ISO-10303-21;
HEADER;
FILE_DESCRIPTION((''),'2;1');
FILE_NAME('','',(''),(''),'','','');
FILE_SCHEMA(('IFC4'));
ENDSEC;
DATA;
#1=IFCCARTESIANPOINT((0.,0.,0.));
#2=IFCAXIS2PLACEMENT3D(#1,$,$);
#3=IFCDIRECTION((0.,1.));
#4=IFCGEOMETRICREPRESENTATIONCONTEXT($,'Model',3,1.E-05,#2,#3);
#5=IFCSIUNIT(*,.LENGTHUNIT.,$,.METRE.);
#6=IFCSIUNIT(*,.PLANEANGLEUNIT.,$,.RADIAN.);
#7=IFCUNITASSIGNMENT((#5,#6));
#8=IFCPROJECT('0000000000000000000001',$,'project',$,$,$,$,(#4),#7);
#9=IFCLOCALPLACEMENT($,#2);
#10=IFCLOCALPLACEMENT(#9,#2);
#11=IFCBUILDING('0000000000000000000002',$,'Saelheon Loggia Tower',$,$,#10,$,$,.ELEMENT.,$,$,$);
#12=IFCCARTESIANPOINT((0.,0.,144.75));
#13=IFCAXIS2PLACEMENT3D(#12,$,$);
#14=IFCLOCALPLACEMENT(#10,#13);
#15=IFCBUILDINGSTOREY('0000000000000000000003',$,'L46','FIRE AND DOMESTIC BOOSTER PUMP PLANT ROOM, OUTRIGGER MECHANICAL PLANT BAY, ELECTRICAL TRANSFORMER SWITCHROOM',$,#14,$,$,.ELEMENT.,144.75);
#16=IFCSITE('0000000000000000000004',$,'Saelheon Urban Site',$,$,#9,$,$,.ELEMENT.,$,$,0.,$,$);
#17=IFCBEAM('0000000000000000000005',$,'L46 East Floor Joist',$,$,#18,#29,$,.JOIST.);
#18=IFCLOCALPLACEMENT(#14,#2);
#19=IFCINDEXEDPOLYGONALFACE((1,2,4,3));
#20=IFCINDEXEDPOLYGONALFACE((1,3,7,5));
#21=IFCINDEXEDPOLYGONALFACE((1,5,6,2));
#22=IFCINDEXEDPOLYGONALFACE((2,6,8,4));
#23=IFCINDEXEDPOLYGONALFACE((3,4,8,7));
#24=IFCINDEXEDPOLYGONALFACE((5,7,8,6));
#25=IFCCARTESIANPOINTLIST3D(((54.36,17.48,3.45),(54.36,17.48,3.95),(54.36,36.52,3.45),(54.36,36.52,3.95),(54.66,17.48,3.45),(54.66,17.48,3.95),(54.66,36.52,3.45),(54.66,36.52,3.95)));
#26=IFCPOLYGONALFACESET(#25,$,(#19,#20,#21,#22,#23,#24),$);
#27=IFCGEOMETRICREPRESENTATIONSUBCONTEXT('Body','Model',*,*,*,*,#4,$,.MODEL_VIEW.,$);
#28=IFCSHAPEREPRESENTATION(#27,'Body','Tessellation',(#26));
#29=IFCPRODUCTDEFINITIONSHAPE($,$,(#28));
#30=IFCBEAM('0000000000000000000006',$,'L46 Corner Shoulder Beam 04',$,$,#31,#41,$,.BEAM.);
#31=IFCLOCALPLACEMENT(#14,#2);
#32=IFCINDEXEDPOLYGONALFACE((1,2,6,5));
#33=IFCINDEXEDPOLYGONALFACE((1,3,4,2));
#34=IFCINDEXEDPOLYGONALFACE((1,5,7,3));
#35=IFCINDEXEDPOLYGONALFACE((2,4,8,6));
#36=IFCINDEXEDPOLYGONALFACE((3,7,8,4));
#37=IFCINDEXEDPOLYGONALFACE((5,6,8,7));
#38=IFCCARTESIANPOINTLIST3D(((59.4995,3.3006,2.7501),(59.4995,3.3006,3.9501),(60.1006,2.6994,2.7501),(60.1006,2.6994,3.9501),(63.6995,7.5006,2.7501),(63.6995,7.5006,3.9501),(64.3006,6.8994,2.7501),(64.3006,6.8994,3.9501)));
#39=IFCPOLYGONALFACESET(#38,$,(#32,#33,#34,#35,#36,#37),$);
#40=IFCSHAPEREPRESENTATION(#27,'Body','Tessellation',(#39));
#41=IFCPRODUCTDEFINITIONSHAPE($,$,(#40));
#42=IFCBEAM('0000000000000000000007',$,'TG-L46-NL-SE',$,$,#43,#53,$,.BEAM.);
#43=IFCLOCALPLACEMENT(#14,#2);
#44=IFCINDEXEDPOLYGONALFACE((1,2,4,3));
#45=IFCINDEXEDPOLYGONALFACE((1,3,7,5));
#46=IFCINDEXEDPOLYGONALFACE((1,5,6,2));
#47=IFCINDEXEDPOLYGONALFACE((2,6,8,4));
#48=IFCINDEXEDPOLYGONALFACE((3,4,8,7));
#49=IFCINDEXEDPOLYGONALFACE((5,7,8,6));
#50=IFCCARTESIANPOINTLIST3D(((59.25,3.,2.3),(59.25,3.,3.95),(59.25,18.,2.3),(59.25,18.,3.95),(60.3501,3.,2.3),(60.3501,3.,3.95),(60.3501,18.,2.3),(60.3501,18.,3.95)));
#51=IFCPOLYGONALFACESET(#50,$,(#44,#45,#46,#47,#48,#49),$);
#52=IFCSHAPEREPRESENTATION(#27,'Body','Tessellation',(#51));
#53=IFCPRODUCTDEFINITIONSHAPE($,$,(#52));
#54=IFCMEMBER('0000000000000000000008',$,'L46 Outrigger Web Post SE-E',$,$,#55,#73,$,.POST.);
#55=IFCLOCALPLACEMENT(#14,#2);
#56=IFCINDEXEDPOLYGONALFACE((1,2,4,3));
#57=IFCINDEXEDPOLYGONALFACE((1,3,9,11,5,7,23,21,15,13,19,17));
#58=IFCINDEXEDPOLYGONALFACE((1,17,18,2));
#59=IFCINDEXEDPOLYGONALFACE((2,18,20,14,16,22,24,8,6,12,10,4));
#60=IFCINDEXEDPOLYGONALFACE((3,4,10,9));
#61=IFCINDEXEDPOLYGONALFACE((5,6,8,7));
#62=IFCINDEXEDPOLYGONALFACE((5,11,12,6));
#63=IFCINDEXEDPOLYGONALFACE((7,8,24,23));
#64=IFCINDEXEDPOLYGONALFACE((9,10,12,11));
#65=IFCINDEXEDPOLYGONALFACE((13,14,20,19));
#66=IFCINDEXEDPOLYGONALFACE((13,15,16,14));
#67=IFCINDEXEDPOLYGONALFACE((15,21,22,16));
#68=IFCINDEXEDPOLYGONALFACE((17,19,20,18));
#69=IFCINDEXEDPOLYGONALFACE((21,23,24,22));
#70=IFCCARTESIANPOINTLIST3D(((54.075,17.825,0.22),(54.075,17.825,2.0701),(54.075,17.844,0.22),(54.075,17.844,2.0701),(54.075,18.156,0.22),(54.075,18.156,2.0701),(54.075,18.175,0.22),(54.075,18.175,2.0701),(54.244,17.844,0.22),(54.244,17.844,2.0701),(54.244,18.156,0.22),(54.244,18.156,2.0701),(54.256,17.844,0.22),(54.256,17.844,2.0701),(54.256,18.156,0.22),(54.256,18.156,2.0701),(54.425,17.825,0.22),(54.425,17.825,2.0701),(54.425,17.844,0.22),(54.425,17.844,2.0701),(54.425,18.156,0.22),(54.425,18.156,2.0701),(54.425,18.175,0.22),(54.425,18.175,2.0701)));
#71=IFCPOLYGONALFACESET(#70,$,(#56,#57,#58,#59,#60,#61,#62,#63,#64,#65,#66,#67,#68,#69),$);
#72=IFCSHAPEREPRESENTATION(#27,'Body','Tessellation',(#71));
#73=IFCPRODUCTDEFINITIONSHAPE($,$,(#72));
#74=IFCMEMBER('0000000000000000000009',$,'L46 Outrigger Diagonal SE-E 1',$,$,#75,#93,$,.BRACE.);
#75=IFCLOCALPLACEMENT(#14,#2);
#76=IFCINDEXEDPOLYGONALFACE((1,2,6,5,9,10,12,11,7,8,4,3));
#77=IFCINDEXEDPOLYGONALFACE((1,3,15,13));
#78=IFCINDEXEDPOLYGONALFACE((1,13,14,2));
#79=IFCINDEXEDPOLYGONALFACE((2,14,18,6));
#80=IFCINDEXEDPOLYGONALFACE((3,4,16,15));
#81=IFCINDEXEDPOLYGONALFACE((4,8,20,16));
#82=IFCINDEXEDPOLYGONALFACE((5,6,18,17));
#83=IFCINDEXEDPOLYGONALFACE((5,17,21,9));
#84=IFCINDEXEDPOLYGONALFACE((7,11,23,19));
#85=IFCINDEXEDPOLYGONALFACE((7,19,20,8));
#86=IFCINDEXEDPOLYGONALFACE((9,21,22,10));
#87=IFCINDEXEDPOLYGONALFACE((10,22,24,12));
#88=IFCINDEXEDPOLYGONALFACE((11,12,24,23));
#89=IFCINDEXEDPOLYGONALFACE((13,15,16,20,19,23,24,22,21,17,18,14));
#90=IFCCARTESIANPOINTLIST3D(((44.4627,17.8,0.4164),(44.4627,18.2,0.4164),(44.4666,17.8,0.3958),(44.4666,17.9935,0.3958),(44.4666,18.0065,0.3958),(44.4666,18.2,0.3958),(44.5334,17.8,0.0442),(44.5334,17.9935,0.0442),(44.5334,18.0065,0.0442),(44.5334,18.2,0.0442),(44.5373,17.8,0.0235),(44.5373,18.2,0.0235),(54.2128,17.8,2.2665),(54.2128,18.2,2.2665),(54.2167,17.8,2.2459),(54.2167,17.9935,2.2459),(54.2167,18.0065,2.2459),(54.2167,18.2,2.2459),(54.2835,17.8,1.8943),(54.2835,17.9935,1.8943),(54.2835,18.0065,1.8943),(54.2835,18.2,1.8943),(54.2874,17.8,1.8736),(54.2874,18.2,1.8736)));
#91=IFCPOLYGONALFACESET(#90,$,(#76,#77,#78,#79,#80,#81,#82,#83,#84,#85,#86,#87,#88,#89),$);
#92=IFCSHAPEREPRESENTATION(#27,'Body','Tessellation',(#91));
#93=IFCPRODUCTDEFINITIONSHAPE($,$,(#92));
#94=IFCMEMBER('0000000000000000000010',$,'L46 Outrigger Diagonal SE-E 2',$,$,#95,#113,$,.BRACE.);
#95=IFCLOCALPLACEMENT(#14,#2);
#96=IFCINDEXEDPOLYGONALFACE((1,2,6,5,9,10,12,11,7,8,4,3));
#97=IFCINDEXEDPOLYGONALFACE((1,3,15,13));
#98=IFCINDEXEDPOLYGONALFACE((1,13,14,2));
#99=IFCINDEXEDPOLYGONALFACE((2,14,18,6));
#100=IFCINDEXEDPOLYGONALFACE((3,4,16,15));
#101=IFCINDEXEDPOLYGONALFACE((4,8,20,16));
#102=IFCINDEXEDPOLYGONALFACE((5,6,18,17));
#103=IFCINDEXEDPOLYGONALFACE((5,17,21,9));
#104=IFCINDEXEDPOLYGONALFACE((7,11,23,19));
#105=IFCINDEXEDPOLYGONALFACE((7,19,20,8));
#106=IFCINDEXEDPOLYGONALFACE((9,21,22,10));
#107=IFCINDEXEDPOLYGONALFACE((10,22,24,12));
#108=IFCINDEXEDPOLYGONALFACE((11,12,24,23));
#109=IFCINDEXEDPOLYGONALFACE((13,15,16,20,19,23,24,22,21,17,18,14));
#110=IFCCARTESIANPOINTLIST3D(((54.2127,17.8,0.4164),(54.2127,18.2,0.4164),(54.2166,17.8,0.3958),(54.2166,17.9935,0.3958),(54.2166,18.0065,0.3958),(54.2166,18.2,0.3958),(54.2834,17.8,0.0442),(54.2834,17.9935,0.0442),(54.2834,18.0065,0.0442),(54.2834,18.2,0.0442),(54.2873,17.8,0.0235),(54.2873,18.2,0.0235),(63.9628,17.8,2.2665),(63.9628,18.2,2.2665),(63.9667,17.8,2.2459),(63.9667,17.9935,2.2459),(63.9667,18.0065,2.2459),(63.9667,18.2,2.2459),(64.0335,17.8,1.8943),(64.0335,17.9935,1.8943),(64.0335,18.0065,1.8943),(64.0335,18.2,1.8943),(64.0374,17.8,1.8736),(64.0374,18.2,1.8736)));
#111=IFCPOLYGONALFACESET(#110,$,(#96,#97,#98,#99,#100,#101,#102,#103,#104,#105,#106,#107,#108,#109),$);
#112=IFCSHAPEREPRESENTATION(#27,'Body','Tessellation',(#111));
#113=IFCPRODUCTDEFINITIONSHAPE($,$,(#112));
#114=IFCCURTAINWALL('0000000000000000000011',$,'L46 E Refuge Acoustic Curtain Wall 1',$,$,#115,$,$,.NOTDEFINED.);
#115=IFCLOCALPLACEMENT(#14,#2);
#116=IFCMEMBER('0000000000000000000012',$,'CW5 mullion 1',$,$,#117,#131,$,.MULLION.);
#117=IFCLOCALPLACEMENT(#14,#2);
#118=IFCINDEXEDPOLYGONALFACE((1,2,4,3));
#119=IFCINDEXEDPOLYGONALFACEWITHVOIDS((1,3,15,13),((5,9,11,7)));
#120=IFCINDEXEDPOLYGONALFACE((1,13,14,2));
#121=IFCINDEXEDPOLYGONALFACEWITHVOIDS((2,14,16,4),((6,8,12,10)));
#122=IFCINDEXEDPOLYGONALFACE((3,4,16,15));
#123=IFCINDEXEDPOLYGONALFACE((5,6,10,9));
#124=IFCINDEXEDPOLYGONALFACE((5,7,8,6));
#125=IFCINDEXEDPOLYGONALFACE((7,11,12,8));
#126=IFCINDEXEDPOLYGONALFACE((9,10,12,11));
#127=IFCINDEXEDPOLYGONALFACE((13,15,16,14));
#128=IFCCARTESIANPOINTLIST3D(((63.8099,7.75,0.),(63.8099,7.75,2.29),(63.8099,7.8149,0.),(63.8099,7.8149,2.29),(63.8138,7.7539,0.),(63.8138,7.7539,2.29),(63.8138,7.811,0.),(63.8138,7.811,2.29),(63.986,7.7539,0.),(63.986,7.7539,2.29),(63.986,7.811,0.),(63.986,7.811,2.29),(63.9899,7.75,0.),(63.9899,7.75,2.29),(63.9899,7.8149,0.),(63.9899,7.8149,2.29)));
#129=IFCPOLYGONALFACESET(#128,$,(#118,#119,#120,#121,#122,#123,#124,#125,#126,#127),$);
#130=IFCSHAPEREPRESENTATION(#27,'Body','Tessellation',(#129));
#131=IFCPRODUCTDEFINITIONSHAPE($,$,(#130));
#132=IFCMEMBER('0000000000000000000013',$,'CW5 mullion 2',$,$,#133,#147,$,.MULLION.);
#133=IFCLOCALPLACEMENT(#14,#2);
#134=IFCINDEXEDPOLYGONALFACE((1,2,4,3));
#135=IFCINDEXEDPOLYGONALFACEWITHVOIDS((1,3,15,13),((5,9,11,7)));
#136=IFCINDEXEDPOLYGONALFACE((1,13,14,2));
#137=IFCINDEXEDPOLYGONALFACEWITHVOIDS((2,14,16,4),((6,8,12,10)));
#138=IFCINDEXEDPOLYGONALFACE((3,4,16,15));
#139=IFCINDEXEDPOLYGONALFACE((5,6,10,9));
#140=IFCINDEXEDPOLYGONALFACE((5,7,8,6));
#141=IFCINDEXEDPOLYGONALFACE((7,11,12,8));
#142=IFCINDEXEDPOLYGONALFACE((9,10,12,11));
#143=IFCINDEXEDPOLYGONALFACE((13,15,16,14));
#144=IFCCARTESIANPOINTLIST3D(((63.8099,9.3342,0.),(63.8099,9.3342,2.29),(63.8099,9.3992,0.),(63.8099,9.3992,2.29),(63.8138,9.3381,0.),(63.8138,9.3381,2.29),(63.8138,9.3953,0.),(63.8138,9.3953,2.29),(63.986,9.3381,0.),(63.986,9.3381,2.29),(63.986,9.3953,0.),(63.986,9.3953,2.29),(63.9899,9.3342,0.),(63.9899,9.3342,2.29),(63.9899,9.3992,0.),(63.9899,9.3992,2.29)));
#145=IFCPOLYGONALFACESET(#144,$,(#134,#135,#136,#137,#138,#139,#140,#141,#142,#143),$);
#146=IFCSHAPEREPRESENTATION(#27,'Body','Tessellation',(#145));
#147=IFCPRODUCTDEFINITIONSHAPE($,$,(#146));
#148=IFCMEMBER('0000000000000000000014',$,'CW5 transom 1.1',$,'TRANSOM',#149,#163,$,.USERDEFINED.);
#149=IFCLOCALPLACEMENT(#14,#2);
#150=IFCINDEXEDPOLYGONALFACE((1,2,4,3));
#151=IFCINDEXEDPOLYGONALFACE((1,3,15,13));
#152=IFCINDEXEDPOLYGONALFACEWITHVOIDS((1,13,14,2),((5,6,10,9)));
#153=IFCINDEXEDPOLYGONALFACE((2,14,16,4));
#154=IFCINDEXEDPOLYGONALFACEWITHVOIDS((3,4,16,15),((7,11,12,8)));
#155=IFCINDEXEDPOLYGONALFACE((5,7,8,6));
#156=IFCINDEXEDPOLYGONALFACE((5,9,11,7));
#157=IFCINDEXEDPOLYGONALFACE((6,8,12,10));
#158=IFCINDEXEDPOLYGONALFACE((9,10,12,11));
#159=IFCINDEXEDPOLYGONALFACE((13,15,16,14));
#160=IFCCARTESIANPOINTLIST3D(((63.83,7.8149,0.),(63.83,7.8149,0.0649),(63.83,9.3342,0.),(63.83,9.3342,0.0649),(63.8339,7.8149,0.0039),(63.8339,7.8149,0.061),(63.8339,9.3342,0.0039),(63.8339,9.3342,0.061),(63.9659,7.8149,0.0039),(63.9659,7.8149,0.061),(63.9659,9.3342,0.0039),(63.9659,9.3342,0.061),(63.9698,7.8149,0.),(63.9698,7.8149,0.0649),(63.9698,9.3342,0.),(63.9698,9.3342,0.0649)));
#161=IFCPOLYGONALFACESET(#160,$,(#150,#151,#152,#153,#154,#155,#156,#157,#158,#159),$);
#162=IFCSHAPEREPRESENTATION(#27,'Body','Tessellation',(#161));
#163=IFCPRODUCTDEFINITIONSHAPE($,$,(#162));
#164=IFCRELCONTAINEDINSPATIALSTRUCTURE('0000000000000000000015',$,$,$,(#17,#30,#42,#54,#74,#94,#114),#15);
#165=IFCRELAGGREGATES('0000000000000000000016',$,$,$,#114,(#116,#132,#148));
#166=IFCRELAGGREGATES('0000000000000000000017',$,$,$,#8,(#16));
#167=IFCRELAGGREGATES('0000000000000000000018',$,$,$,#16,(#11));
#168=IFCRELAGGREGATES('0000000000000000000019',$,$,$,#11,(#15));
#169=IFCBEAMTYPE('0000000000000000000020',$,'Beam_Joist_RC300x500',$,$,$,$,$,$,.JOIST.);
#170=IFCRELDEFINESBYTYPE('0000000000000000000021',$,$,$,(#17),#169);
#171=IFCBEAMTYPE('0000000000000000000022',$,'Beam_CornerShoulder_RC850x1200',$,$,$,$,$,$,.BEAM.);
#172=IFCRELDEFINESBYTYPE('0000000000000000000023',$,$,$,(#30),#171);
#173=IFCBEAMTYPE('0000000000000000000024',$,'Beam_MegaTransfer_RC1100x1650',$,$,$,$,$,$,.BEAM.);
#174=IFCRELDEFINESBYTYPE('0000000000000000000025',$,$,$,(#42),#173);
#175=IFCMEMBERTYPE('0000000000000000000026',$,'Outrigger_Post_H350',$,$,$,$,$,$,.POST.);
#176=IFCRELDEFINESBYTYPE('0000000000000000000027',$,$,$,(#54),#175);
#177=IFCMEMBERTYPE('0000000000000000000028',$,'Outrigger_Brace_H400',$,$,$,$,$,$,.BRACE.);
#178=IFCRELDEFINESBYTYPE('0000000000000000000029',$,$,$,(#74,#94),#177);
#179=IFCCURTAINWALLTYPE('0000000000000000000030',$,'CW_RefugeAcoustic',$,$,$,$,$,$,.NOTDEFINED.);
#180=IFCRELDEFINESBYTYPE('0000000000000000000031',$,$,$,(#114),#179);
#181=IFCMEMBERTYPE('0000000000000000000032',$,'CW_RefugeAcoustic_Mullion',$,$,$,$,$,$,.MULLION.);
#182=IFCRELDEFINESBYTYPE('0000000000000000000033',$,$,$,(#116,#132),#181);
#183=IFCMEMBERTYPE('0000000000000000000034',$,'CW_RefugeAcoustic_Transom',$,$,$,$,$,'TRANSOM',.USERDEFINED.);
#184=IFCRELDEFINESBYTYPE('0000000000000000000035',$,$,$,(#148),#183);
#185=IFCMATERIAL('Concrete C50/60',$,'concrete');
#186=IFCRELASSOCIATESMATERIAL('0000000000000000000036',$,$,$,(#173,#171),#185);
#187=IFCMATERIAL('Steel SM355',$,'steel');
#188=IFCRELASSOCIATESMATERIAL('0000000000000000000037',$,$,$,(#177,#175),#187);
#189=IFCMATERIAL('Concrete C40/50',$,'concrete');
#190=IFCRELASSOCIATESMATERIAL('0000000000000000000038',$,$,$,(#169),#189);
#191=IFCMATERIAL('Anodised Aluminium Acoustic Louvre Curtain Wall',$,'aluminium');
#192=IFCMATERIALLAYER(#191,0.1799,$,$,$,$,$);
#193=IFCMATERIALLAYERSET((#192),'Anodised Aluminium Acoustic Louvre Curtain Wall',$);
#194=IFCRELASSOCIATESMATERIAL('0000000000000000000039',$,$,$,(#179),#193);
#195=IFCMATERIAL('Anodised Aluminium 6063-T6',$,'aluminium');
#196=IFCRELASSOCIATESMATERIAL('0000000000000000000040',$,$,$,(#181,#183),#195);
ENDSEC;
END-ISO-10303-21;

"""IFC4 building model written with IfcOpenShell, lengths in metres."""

from ifc_helpers import new_model, si_unit, direction, frame, origin, origin_2d, place, context, subcontext, project, spatial, rectangle, hollow_rectangle, i_section, extrude, source, transform, mapped, material, layer, layer_set, material_profile, profile_set, type_object, element, aggregate, save


model = new_model("IFC4")

# Units and contexts
model_context = context("Model", 3, precision=1e-05, world=origin(), true_north=direction((0.0, 1.0)))
body_context = subcontext(model_context, "Body", "Model", "MODEL_VIEW")
ifc_project = project(units=[si_unit("LENGTHUNIT", "METRE"), si_unit("PLANEANGLEUNIT", "RADIAN")], contexts=[model_context])

# Site, building, storey
site_placement = place(None, origin())
site = spatial("IfcSite", under=ifc_project, at=site_placement, Name="Saelheon Urban Site", CompositionType="ELEMENT", RefElevation=0.0)
building_placement = place(site_placement, origin())
building = spatial("IfcBuilding", under=site, at=building_placement, Name="Saelheon Loggia Tower", CompositionType="ELEMENT")
storey_placement = place(building_placement, frame((0.0, 0.0, 144.75)))
storey = spatial("IfcBuildingStorey", under=building, at=storey_placement, Name="L46", Description="FIRE AND DOMESTIC BOOSTER PUMP PLANT ROOM, OUTRIGGER MECHANICAL PLANT BAY, ELECTRICAL TRANSFORMER SWITCHROOM", CompositionType="ELEMENT", Elevation=144.75)

# Shared definitions
ifc_material_1 = material(Name="Concrete C50/60", Category="concrete")

# Shared definitions
ifc_material_profile_1 = material_profile(ifc_material_1, rectangle(XDim=1.1001, YDim=1.6499, at=origin_2d()), Name="RC-1100x1650")
ifc_profile_set_1 = profile_set([ifc_material_profile_1], Name="Concrete C50/60")
beam_type_1 = type_object("IfcBeamType", Name="Beam_MegaTransfer_RC1100x1650", PredefinedType="BEAM", material=ifc_profile_set_1)

# Shared definitions
ifc_material_2 = material(Name="Steel SM355", Category="steel")
ifc_material_profile_2 = material_profile(ifc_material_2, i_section(OverallWidth=0.3999, OverallDepth=0.3999, WebThickness=0.0129, FlangeThickness=0.021, at=origin_2d()), Name="H-400x400x13x21")
ifc_profile_set_2 = profile_set([ifc_material_profile_2], Name="Steel SM355")
member_type_1 = type_object("IfcMemberType", Name="Outrigger_Brace_H400", PredefinedType="BRACE", material=ifc_profile_set_2)

# Beams
ifc_material_3 = material(Name="Concrete C40/50", Category="concrete")
ifc_material_profile_3 = material_profile(ifc_material_3, rectangle(XDim=0.3, YDim=0.5, at=origin_2d()), Name="RC-300x500")
ifc_profile_set_3 = profile_set([ifc_material_profile_3], Name="Concrete C40/50")
beam_type_2 = type_object("IfcBeamType", Name="Beam_Joist_RC300x500", PredefinedType="JOIST", material=ifc_profile_set_3)
shared_shape_1 = source(origin(), body_context, "Body", "SweptSolid", [
    extrude(rectangle(XDim=0.3, YDim=0.5, at=origin_2d()), origin(), (0.0, 0.0, 1.0), 19.04),
])
beam_1_placement = place(storey_placement, frame((54.51, 17.48, 3.7), z_axis=(0.0, 1.0, 0.0), x_axis=(-1.0, 0.0, 0.0)))
element("IfcBeam", 1, at=beam_1_placement, inside=storey, type_object=beam_type_2, Name="L46 East Floor Joist", PredefinedType="JOIST", context=body_context, shape_type="MappedRepresentation", body=[
    mapped(shared_shape_1, transform((0.0, 0.0, 0.0), scale=1.0)),
])
ifc_material_profile_4 = material_profile(ifc_material_1, rectangle(XDim=0.8501, YDim=1.2, at=origin_2d()), Name="RC-850x1200")
ifc_profile_set_4 = profile_set([ifc_material_profile_4], Name="Concrete C50/60")
beam_type_3 = type_object("IfcBeamType", Name="Beam_CornerShoulder_RC850x1200", PredefinedType="BEAM", material=ifc_profile_set_4)
shared_shape_2 = source(origin(), body_context, "Body", "SweptSolid", [
    extrude(rectangle(XDim=0.8501, YDim=1.2, at=origin_2d()), origin(), (0.0, 0.0, 1.0), 5.9397),
])
beam_2_placement = place(storey_placement, frame((59.8, 3.0, 3.3501), z_axis=(0.707107, 0.707107, 0.0), x_axis=(-0.707107, 0.707107, 0.0)))
element("IfcBeam", 2, at=beam_2_placement, inside=storey, type_object=beam_type_3, Name="L46 Corner Shoulder Beam 04", PredefinedType="BEAM", context=body_context, shape_type="MappedRepresentation", body=[
    mapped(shared_shape_2, transform((0.0, 0.0, 0.0), scale=1.0)),
])
shared_shape_3 = source(origin(), body_context, "Body", "SweptSolid", [
    extrude(rectangle(XDim=1.1001, YDim=1.6499, at=origin_2d()), origin(), (0.0, 0.0, 1.0), 15.0),
])
beam_3_placement = place(storey_placement, frame((59.8, 3.0, 3.125), z_axis=(0.0, 1.0, 0.0), x_axis=(-1.0, 0.0, 0.0)))
element("IfcBeam", 3, at=beam_3_placement, inside=storey, type_object=beam_type_1, Name="TG-L46-NL-SE", PredefinedType="BEAM", context=body_context, shape_type="MappedRepresentation", body=[
    mapped(shared_shape_3, transform((0.0, 0.0, 0.0), scale=1.0)),
])

# Members
ifc_material_profile_5 = material_profile(ifc_material_2, i_section(OverallWidth=0.3501, OverallDepth=0.3501, WebThickness=0.012, FlangeThickness=0.019, at=origin_2d()), Name="H-350x350x12x19")
ifc_profile_set_5 = profile_set([ifc_material_profile_5], Name="Steel SM355")
member_type_2 = type_object("IfcMemberType", Name="Outrigger_Post_H350", PredefinedType="POST", material=ifc_profile_set_5)
shared_shape_4 = source(origin(), body_context, "Body", "SweptSolid", [
    extrude(i_section(OverallWidth=0.3501, OverallDepth=0.3501, WebThickness=0.012, FlangeThickness=0.019, at=origin_2d()), origin(), (0.0, 0.0, 1.0), 1.8501),
])
member_1_placement = place(storey_placement, frame((54.25, 18.0, 0.22), z_axis=(0.0, 0.0, 1.0), x_axis=(1.0, 0.0, 0.0)))
element("IfcMember", 4, at=member_1_placement, inside=storey, type_object=member_type_2, Name="L46 Outrigger Web Post SE-E", PredefinedType="POST", context=body_context, shape_type="MappedRepresentation", body=[
    mapped(shared_shape_4, transform((0.0, 0.0, 0.0), scale=1.0)),
])
shared_shape_5 = source(origin(), body_context, "Body", "SweptSolid", [
    extrude(i_section(OverallWidth=0.3999, OverallDepth=0.3999, WebThickness=0.0129, FlangeThickness=0.021, at=origin_2d()), origin(), (0.0, 0.0, 1.0), 9.9241),
])
for number, where, z_axis, x_axis, name in (
    (5, (44.5, 18.0, 0.22), (0.982469, 0.0, 0.186427), (0.0, 1.0, 0.0), "L46 Outrigger Diagonal SE-E 1"),
    (6, (54.25, 18.0, 0.22), (0.982469, 0.0, 0.186427), (0.0, 1.0, 0.0), "L46 Outrigger Diagonal SE-E 2"),
):
    element("IfcMember", number, at=place(storey_placement, frame(where, z_axis=z_axis, x_axis=x_axis)), inside=storey, type_object=member_type_1, Name=name, PredefinedType="BRACE", context=body_context, shape_type="MappedRepresentation", body=[
        mapped(shared_shape_5, transform((0.0, 0.0, 0.0), scale=1.0)),
    ])

# Curtain wall, members
ifc_material_4 = material(Name="Anodised Aluminium Acoustic Louvre Curtain Wall", Category="aluminium")
ifc_layer_1 = layer(ifc_material_4, 0.1799)
ifc_layer_set_1 = layer_set([ifc_layer_1], Name="Anodised Aluminium Acoustic Louvre Curtain Wall")
curtain_wall_type = type_object("IfcCurtainWallType", Name="CW_RefugeAcoustic", PredefinedType="NOTDEFINED", material=ifc_layer_set_1)
curtain_wall_placement = place(storey_placement, origin())
curtain_wall = element("IfcCurtainWall", 7, at=curtain_wall_placement, inside=storey, type_object=curtain_wall_type, Name="L46 E Refuge Acoustic Curtain Wall 1", PredefinedType="NOTDEFINED")
ifc_material_5 = material(Name="Anodised Aluminium 6063-T6", Category="aluminium")
ifc_material_profile_6 = material_profile(ifc_material_5, hollow_rectangle(XDim=0.0649, YDim=0.1799, WallThickness=0.0039, at=origin_2d()), Name="RHS-180x65x4")
ifc_profile_set_6 = profile_set([ifc_material_profile_6], Name="Anodised Aluminium 6063-T6")
member_type_3 = type_object("IfcMemberType", Name="CW_RefugeAcoustic_Mullion", PredefinedType="MULLION", material=ifc_profile_set_6)
shared_shape_6 = source(origin(), body_context, "Body", "SweptSolid", [
    extrude(hollow_rectangle(XDim=0.0649, YDim=0.1799, WallThickness=0.0039, at=origin_2d()), origin(), (0.0, 0.0, 1.0), 2.29),
])
member_2_placement = place(storey_placement, frame((63.8999, 7.7825, 0.0), z_axis=(0.0, 0.0, 1.0), x_axis=(0.0, 1.0, 0.0)))
member_2 = element("IfcMember", 8, at=member_2_placement, type_object=member_type_3, Name="CW5 mullion 1", PredefinedType="MULLION", context=body_context, shape_type="MappedRepresentation", body=[
    mapped(shared_shape_6, transform((0.0, 0.0, 0.0), scale=1.0)),
])
member_3_placement = place(storey_placement, frame((63.8999, 9.3667, 0.0), z_axis=(0.0, 0.0, 1.0), x_axis=(0.0, 1.0, 0.0)))
member_3 = element("IfcMember", 9, at=member_3_placement, type_object=member_type_3, Name="CW5 mullion 2", PredefinedType="MULLION", context=body_context, shape_type="MappedRepresentation", body=[
    mapped(shared_shape_6, transform((0.0, 0.0, 0.0), scale=1.0)),
])
ifc_material_profile_7 = material_profile(ifc_material_5, hollow_rectangle(XDim=0.0649, YDim=0.1399, WallThickness=0.0039, at=origin_2d()), Name="RHS-140x65x4")
ifc_profile_set_7 = profile_set([ifc_material_profile_7], Name="Anodised Aluminium 6063-T6")
member_type_4 = type_object("IfcMemberType", Name="CW_RefugeAcoustic_Transom", ElementType="TRANSOM", PredefinedType="USERDEFINED", material=ifc_profile_set_7)
shared_shape_7 = source(origin(), body_context, "Body", "SweptSolid", [
    extrude(hollow_rectangle(XDim=0.0649, YDim=0.1399, WallThickness=0.0039, at=origin_2d()), origin(), (0.0, 0.0, 1.0), 1.5193),
])
member_4_placement = place(storey_placement, frame((63.8999, 7.8149, 0.0325), z_axis=(0.0, 1.0, 0.0), x_axis=(0.0, 0.0, 1.0)))
member_4 = element("IfcMember", 10, at=member_4_placement, type_object=member_type_4, Name="CW5 transom 1.1", ObjectType="TRANSOM", PredefinedType="USERDEFINED", context=body_context, shape_type="MappedRepresentation", body=[
    mapped(shared_shape_7, transform((0.0, 0.0, 0.0), scale=1.0)),
])

aggregate(curtain_wall, [member_2, member_3, member_4])

save(model, "model.ifc")
